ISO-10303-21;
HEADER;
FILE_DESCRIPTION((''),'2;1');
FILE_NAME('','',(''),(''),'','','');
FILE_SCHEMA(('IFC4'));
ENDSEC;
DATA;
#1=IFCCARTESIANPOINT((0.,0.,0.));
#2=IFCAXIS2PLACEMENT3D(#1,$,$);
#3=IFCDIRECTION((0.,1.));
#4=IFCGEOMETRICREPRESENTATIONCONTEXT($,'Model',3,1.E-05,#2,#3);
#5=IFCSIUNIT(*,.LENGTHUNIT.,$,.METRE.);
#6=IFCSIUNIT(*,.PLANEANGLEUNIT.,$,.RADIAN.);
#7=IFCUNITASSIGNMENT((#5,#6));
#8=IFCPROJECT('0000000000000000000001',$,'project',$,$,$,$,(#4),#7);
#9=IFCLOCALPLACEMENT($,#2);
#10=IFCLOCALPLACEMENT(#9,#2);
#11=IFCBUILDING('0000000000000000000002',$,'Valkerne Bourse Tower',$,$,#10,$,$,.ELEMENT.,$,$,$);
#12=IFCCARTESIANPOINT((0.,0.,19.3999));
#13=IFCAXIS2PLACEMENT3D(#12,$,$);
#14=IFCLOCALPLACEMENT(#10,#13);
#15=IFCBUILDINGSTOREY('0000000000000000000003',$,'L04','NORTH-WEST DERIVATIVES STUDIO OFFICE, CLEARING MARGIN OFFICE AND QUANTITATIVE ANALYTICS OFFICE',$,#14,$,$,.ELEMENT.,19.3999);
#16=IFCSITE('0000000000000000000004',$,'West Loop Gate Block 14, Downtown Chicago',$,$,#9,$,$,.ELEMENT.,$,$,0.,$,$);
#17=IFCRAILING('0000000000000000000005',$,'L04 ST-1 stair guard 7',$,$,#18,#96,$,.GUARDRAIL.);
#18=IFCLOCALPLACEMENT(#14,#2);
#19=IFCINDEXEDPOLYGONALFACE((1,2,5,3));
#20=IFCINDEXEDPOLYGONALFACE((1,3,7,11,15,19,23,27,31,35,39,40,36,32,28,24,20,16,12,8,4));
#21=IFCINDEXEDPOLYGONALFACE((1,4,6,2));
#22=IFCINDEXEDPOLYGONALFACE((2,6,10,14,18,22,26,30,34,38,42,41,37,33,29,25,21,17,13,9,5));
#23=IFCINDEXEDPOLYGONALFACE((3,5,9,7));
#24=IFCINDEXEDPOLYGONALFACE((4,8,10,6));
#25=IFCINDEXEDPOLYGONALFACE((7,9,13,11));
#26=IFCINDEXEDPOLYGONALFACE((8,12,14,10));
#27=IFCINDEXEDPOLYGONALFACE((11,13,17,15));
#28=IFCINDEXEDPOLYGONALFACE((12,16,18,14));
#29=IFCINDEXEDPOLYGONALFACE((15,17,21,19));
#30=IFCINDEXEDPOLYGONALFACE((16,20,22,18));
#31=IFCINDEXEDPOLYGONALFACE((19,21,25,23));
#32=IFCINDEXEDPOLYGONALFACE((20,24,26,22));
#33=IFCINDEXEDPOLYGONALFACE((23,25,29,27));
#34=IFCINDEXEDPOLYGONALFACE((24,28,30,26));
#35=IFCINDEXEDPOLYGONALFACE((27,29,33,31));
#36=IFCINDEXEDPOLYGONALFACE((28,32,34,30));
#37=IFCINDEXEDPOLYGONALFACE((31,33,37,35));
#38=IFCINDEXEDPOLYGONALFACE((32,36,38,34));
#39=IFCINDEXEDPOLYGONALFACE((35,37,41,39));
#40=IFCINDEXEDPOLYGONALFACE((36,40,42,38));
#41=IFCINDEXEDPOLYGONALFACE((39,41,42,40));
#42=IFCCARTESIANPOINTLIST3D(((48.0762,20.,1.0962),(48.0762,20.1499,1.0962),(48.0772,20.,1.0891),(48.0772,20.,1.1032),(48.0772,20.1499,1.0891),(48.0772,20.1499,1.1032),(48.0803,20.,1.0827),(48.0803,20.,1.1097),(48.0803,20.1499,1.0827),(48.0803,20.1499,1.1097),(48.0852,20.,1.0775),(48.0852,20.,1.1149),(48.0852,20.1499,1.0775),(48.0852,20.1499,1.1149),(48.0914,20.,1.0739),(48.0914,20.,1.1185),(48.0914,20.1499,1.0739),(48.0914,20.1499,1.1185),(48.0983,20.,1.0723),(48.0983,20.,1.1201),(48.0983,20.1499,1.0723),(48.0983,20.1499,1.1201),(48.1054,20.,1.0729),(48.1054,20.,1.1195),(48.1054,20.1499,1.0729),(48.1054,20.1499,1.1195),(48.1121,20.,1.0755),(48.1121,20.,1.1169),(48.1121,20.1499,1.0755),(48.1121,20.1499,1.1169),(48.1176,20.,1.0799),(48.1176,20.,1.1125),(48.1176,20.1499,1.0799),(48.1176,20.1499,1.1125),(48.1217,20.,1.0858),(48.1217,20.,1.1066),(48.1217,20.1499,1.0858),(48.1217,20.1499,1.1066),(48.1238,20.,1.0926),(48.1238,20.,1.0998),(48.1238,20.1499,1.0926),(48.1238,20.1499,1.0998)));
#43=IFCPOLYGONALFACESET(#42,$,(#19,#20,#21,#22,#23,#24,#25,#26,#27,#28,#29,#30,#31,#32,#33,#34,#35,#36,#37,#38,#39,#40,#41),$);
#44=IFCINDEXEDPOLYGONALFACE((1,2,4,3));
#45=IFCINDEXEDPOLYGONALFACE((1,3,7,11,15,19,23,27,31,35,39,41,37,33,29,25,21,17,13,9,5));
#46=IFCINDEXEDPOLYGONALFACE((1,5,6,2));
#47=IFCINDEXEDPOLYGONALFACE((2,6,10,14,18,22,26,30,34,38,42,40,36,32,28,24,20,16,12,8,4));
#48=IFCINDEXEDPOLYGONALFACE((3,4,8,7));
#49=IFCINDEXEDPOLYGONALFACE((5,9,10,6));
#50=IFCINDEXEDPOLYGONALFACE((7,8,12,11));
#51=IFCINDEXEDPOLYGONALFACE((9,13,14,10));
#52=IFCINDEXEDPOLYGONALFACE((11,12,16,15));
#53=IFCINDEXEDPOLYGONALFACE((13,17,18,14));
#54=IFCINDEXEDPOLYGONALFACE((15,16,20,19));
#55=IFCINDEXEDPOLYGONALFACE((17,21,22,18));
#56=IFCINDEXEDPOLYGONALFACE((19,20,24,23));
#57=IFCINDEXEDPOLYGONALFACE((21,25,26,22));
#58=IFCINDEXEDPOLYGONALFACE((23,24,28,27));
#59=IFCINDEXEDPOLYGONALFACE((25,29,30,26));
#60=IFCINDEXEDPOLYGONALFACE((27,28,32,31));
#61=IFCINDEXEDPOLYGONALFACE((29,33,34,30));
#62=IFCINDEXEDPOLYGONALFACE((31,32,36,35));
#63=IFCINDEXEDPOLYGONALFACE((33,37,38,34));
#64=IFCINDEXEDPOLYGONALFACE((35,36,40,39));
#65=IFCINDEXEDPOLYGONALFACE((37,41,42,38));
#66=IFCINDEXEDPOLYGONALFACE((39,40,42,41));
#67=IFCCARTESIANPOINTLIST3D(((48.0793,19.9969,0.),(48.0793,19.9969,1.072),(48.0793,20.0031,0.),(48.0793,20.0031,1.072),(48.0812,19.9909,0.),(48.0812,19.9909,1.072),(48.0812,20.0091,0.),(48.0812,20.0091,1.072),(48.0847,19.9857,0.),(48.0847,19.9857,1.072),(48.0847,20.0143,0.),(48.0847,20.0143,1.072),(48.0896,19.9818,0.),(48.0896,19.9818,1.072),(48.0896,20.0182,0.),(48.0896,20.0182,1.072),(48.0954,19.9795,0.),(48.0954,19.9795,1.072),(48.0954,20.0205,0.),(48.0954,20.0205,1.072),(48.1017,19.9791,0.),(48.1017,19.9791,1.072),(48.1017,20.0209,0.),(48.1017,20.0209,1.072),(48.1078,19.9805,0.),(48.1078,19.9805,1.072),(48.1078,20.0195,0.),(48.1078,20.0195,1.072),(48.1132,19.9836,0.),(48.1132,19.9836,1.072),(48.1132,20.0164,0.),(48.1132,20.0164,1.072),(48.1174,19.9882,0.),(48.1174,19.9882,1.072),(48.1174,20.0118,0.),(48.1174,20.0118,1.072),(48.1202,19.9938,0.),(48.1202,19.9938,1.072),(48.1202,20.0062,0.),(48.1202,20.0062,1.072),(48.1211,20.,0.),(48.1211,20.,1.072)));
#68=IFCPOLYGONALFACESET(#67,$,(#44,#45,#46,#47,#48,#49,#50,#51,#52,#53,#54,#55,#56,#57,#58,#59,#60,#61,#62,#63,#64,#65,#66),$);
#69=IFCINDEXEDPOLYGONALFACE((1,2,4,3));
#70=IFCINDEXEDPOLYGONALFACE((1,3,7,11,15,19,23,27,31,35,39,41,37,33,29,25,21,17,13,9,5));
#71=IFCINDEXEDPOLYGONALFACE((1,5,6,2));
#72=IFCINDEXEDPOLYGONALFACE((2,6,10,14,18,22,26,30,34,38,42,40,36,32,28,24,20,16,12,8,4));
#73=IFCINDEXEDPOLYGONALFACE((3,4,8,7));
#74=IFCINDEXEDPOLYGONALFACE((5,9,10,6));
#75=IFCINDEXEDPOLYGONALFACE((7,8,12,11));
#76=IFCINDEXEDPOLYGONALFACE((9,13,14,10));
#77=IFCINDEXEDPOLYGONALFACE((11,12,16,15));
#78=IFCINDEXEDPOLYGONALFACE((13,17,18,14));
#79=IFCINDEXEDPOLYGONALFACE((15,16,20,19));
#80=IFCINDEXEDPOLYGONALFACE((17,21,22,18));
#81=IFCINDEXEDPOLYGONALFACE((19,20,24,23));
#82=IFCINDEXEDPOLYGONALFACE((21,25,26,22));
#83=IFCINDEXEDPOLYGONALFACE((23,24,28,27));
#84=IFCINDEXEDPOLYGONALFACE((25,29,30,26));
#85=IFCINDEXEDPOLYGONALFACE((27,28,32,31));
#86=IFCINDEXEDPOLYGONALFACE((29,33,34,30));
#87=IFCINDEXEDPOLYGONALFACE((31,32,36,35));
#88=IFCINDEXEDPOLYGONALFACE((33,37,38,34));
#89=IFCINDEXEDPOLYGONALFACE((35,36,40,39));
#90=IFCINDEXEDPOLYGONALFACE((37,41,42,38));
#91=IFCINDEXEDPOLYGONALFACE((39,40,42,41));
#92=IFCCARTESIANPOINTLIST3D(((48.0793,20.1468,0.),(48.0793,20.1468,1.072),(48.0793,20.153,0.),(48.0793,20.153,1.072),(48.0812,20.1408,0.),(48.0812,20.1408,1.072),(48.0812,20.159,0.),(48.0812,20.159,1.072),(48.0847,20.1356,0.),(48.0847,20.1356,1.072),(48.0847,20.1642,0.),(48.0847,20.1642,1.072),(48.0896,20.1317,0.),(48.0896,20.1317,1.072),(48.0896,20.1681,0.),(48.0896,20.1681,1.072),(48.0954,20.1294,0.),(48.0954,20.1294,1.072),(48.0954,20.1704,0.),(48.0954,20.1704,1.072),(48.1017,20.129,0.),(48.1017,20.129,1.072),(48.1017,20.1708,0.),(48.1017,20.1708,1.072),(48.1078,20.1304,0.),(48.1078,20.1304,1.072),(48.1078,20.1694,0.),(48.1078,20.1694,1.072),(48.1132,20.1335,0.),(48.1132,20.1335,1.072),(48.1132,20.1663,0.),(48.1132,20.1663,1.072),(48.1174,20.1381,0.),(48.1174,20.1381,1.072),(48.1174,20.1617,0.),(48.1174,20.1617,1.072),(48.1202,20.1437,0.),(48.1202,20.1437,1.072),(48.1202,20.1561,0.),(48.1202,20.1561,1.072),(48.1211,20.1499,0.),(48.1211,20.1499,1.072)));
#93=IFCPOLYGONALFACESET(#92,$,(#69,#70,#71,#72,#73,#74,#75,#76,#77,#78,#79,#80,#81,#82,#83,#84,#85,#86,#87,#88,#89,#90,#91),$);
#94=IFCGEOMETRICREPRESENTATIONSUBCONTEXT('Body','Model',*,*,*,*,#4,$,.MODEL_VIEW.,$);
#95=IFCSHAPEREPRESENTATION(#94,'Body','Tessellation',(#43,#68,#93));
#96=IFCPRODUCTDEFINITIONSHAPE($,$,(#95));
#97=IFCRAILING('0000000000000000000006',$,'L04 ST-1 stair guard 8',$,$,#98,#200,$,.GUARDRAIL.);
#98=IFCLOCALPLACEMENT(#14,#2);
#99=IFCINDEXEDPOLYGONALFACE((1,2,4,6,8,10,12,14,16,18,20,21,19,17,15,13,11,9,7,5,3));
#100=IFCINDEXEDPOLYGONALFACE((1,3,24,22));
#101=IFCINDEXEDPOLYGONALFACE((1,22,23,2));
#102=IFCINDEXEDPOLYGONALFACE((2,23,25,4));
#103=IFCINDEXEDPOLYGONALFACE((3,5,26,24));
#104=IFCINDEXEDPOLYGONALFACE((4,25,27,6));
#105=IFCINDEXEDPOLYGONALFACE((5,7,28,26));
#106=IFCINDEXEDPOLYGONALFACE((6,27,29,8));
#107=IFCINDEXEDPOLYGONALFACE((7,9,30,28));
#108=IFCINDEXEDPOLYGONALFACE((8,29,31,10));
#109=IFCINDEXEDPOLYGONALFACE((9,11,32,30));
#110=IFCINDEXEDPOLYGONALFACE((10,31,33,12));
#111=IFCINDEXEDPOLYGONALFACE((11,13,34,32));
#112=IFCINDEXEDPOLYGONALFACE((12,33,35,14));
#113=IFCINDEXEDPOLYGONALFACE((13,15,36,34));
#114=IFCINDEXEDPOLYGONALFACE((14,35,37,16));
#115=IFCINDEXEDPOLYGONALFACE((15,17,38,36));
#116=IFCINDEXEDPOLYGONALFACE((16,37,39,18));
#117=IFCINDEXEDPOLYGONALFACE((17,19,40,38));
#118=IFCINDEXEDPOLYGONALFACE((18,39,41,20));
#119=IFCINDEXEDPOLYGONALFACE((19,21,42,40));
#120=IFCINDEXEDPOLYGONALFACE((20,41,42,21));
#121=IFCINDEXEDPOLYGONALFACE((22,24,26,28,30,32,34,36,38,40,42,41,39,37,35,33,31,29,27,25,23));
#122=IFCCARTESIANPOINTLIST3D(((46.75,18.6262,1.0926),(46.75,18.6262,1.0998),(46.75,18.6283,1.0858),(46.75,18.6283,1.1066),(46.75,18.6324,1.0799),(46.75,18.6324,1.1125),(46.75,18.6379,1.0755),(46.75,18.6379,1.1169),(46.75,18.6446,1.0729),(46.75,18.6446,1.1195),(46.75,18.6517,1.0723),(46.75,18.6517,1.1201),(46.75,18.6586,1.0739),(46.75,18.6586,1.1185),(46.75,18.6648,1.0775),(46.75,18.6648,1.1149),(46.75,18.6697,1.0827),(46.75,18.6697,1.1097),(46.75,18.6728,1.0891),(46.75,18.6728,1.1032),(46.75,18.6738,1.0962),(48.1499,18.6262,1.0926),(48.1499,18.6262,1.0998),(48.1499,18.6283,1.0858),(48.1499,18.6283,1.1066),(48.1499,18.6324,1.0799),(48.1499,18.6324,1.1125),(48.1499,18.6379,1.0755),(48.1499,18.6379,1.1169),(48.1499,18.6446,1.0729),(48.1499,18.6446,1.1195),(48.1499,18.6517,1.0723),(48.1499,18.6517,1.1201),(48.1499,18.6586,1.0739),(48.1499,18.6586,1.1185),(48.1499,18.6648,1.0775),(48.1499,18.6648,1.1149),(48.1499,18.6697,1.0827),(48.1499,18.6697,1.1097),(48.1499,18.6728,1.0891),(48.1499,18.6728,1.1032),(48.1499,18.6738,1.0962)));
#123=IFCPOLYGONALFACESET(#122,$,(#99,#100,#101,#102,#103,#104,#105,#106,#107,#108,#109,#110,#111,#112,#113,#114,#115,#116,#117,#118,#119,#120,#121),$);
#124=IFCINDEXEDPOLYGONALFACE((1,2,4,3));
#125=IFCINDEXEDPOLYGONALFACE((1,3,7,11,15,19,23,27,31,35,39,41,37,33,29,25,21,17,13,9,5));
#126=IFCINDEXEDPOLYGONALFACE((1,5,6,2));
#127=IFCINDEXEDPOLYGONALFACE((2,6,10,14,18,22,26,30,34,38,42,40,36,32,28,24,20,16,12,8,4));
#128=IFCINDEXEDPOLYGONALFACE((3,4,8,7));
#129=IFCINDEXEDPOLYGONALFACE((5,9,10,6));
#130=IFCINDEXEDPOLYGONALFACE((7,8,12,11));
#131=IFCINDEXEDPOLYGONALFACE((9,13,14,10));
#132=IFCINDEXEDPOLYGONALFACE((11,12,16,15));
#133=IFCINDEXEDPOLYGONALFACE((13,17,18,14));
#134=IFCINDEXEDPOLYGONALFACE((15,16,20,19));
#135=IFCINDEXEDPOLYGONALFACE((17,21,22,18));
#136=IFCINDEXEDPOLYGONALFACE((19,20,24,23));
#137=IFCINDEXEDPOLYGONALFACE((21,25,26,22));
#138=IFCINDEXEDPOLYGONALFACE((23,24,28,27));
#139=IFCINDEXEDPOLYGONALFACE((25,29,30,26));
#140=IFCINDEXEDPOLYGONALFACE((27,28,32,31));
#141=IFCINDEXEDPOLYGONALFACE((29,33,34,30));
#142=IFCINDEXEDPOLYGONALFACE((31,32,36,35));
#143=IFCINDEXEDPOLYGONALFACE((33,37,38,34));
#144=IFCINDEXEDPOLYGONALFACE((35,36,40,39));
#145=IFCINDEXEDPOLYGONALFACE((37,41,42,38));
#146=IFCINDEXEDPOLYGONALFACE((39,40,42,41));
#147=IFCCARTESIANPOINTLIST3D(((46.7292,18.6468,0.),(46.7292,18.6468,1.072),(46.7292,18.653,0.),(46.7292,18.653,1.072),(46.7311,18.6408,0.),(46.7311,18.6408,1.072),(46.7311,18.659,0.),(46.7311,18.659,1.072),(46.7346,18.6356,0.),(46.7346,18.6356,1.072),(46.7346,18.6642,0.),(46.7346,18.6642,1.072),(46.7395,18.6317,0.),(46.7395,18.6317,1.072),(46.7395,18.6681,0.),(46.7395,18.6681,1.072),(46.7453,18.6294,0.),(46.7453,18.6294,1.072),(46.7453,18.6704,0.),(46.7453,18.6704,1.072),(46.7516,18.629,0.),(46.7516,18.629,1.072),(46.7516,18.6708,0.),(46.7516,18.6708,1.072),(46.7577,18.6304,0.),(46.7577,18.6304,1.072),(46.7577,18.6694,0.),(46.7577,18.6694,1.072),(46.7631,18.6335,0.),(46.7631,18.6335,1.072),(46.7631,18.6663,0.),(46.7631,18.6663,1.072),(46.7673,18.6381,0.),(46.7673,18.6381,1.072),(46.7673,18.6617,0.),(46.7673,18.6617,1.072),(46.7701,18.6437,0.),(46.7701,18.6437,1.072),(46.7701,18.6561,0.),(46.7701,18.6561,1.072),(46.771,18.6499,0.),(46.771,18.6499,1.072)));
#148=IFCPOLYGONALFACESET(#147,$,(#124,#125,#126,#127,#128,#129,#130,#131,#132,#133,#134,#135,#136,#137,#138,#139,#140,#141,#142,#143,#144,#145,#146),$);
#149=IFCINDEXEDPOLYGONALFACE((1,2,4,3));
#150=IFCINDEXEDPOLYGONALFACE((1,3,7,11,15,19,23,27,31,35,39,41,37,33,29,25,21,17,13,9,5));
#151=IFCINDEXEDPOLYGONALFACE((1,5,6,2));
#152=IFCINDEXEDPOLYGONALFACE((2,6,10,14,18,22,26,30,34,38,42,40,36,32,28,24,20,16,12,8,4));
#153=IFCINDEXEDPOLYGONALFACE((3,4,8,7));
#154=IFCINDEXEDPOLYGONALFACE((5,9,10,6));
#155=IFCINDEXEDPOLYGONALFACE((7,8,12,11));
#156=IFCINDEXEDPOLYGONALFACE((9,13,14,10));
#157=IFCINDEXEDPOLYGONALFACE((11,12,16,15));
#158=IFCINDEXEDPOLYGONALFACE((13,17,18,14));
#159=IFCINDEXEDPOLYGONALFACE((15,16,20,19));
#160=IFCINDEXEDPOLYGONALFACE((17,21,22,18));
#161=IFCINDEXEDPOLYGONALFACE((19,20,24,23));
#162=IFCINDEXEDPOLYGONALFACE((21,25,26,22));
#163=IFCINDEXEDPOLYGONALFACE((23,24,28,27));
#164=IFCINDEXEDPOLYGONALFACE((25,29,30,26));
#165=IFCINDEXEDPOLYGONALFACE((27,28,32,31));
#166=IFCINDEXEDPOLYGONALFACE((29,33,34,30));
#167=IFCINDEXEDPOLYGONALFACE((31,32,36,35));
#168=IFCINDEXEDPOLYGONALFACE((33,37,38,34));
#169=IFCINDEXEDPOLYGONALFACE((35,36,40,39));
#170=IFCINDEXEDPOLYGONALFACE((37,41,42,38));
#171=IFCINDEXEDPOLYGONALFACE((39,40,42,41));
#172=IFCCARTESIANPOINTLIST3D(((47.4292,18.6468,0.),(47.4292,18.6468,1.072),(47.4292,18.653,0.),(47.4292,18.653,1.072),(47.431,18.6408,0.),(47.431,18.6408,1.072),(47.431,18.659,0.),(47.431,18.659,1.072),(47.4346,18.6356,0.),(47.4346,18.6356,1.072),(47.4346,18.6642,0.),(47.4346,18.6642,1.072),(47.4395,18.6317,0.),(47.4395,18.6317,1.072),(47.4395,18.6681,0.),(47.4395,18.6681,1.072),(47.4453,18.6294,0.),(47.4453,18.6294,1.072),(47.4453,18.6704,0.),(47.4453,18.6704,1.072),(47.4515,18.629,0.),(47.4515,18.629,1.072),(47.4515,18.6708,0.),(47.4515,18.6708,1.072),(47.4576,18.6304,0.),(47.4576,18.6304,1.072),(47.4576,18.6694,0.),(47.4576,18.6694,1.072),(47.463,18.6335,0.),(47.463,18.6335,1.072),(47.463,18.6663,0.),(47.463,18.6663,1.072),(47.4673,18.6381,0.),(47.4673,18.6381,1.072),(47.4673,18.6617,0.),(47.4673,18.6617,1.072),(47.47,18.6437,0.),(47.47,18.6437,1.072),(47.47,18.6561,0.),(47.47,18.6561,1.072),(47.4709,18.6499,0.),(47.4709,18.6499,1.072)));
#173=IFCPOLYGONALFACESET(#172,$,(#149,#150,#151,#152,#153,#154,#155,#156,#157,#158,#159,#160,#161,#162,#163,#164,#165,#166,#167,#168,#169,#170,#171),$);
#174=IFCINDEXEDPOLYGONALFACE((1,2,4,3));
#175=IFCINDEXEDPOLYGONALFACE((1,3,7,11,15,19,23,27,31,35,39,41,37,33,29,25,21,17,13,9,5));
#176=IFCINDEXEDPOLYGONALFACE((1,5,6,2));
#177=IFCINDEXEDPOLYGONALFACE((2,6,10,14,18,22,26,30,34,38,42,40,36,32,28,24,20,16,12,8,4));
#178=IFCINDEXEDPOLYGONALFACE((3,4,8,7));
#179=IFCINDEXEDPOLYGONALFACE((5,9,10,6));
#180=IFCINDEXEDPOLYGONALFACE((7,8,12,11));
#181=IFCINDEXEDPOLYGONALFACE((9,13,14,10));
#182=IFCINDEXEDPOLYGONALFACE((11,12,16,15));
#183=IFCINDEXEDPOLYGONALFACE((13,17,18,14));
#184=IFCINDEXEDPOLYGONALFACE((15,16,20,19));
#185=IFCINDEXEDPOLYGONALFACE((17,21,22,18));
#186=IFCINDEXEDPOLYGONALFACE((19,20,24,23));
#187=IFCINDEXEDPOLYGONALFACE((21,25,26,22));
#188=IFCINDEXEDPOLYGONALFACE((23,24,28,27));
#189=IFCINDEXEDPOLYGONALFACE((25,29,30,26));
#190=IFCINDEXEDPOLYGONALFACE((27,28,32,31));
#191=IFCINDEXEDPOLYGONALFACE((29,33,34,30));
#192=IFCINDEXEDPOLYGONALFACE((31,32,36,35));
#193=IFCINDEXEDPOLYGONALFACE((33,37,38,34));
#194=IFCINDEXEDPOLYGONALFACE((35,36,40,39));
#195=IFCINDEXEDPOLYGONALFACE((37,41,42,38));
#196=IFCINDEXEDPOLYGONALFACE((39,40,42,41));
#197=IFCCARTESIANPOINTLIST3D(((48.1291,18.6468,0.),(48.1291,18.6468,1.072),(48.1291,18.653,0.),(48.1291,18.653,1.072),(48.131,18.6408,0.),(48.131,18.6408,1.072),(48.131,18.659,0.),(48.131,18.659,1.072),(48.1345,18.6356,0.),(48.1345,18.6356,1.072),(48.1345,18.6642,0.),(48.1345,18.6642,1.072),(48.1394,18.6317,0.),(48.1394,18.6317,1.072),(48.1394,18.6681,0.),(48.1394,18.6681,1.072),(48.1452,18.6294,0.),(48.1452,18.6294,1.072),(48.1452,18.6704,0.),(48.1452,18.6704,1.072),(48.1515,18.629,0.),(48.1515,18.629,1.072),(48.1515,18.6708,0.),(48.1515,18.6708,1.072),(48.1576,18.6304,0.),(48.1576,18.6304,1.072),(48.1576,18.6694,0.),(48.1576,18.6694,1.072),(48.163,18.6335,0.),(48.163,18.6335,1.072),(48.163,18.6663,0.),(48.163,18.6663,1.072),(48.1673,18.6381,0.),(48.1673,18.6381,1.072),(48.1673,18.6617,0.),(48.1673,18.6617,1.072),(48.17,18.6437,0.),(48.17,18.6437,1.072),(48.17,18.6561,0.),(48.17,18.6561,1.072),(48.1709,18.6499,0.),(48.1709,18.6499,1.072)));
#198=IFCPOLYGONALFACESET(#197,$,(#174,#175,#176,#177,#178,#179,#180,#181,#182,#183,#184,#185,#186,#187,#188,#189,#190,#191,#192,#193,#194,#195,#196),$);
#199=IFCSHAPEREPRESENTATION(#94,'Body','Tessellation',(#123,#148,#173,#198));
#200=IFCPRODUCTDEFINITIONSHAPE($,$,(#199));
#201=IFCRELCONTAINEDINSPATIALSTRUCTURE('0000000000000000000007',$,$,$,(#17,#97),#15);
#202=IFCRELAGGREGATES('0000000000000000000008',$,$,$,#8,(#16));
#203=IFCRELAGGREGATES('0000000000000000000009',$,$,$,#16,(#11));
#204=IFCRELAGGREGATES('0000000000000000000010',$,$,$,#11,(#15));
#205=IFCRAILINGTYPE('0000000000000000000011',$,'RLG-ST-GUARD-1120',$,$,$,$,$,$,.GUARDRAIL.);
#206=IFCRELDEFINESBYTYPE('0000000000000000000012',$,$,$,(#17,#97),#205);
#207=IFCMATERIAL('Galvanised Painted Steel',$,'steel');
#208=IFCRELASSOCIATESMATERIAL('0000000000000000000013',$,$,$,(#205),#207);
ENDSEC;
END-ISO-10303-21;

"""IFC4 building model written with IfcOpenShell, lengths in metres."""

from ifc_helpers import new_model, si_unit, direction, frame, origin, origin_2d, place, context, subcontext, project, spatial, circle, extrude, material, type_object, element, save


model = new_model("IFC4")

# Units and contexts
model_context = context("Model", 3, precision=1e-05, world=origin(), true_north=direction((0.0, 1.0)))
body_context = subcontext(model_context, "Body", "Model", "MODEL_VIEW")
ifc_project = project(units=[si_unit("LENGTHUNIT", "METRE"), si_unit("PLANEANGLEUNIT", "RADIAN")], contexts=[model_context])

# Site, building, storey
site_placement = place(None, origin())
site = spatial("IfcSite", under=ifc_project, at=site_placement, Name="West Loop Gate Block 14, Downtown Chicago", CompositionType="ELEMENT", RefElevation=0.0)
building_placement = place(site_placement, origin())
building = spatial("IfcBuilding", under=site, at=building_placement, Name="Valkerne Bourse Tower", CompositionType="ELEMENT")
storey_placement = place(building_placement, frame((0.0, 0.0, 19.3999)))
storey = spatial("IfcBuildingStorey", under=building, at=storey_placement, Name="L04", Description="NORTH-WEST DERIVATIVES STUDIO OFFICE, CLEARING MARGIN OFFICE AND QUANTITATIVE ANALYTICS OFFICE", CompositionType="ELEMENT", Elevation=19.3999)

# Shared definitions
ifc_material_1 = material(Name="Galvanised Painted Steel", Category="steel")

# Railings
railing_type_1 = type_object("IfcRailingType", Name="RLG-ST-GUARD-1120", PredefinedType="GUARDRAIL", material=ifc_material_1)
railing_1_placement = place(storey_placement, frame((48.1001, 20.0, 0.0)))
element("IfcRailing", 1, at=railing_1_placement, inside=storey, type_object=railing_type_1, Name="L04 ST-1 stair guard 7", PredefinedType="GUARDRAIL", context=body_context, shape_type="SweptSolid", body=[
    extrude(circle(Radius=0.0239, at=origin_2d()), frame((0.0, 0.0, 1.0962), z_axis=(0.0, 1.0, 0.0), x_axis=(-1.0, 0.0, 0.0)), (0.0, 0.0, 1.0), 0.1499),
    extrude(circle(Radius=0.021, at=origin_2d()), origin(), (0.0, 0.0, 1.0), 1.072),
    extrude(circle(Radius=0.021, at=origin_2d()), frame((0.0, 0.1499, 0.0)), (0.0, 0.0, 1.0), 1.072),
])
for number, where, name in (
    (2, (46.75, 18.6499, 0.0), "L04 ST-1 stair guard 8"),
):
    element("IfcRailing", number, at=place(storey_placement, frame(where)), inside=storey, type_object=railing_type_1, Name=name, PredefinedType="GUARDRAIL", context=body_context, shape_type="SweptSolid", body=[
        extrude(circle(Radius=0.0239, at=origin_2d()), frame((0.0, 0.0, 1.0962), z_axis=(1.0, 0.0, 0.0), x_axis=(0.0, 1.0, 0.0)), (0.0, 0.0, 1.0), 1.3999),
        extrude(circle(Radius=0.021, at=origin_2d()), origin(), (0.0, 0.0, 1.0), 1.072),
        extrude(circle(Radius=0.021, at=origin_2d()), frame((0.7, 0.0, 0.0)), (0.0, 0.0, 1.0), 1.072),
        extrude(circle(Radius=0.021, at=origin_2d()), frame((1.3999, 0.0, 0.0)), (0.0, 0.0, 1.0), 1.072),
    ])

save(model, "model.ifc")
